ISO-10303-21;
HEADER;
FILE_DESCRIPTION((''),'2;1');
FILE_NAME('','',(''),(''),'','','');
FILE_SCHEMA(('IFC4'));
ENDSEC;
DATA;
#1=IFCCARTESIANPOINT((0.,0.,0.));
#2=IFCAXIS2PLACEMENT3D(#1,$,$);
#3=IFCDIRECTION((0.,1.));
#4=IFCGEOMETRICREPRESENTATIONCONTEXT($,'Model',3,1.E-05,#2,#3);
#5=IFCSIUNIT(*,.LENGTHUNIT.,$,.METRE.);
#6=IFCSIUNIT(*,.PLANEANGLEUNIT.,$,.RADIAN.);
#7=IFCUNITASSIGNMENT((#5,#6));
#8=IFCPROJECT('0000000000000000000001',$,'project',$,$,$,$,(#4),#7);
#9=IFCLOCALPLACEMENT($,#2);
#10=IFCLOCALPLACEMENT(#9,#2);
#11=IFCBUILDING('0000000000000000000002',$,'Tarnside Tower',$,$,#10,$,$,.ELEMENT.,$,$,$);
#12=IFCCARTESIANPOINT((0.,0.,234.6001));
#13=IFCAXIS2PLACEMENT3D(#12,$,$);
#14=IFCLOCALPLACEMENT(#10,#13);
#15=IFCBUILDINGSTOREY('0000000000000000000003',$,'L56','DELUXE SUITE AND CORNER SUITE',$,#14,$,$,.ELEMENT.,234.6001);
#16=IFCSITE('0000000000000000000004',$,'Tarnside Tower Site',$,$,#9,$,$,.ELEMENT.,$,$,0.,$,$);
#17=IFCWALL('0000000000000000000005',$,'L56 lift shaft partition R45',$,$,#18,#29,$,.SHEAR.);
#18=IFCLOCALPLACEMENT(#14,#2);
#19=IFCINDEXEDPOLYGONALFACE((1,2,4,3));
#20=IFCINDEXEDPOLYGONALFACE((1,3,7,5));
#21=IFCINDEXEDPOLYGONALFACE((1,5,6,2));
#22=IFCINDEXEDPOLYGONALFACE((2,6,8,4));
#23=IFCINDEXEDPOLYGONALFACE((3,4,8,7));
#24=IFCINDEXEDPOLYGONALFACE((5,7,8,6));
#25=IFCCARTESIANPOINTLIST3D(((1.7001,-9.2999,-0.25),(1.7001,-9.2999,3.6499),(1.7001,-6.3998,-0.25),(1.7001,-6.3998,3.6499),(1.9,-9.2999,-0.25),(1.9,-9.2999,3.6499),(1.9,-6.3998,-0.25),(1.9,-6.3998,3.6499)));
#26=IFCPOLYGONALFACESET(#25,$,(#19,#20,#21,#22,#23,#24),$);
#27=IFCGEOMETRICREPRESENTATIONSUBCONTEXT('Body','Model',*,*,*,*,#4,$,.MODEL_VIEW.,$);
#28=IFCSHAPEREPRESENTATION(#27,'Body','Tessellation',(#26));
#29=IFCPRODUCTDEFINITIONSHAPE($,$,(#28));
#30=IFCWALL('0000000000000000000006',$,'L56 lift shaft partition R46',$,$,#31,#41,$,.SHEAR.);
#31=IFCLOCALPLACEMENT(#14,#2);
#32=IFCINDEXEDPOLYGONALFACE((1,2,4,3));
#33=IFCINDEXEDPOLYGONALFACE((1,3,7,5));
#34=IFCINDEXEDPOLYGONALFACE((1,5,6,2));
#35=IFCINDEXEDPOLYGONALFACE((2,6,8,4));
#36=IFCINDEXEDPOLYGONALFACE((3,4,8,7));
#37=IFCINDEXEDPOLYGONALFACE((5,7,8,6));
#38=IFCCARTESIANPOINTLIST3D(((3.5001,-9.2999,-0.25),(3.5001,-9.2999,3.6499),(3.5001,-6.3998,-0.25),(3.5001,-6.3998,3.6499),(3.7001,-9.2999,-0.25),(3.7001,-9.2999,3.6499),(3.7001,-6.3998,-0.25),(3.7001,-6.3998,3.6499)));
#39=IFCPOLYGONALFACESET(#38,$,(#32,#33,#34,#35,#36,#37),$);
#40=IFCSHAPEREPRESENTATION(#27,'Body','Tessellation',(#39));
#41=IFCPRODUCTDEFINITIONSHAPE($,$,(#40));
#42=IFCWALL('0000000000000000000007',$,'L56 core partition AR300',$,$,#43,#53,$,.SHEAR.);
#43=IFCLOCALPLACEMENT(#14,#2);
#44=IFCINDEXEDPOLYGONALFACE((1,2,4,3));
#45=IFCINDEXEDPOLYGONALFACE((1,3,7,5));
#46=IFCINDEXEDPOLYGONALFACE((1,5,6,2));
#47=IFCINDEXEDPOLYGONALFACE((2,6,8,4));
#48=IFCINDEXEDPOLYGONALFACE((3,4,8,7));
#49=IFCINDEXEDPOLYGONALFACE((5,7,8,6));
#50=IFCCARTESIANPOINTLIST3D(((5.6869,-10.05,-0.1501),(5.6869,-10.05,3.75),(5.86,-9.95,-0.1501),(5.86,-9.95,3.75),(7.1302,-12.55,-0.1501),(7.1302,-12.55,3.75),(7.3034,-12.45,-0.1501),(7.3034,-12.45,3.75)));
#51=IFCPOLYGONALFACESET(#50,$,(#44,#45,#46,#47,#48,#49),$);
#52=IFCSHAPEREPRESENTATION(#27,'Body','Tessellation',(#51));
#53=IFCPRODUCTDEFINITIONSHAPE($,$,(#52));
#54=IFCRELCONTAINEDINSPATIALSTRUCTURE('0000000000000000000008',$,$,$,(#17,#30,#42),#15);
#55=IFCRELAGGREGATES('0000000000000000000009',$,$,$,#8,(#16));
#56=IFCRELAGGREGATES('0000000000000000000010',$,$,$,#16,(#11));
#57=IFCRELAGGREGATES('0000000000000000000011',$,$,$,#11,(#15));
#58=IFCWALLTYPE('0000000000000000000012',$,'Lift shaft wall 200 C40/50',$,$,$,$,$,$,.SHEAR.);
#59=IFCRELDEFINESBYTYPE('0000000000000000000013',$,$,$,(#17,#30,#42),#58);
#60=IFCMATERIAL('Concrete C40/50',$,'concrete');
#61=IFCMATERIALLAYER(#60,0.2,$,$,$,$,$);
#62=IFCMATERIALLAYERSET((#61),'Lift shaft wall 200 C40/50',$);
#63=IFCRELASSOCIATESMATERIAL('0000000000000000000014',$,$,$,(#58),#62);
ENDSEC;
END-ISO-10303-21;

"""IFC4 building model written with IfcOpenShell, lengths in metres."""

from ifc_helpers import new_model, si_unit, direction, frame, frame_2d, origin, place, context, subcontext, project, spatial, rectangle, extrude, material, layer, layer_set, type_object, element, save


model = new_model("IFC4")

# Units and contexts
model_context = context("Model", 3, precision=1e-05, world=origin(), true_north=direction((0.0, 1.0)))
body_context = subcontext(model_context, "Body", "Model", "MODEL_VIEW")
ifc_project = project(units=[si_unit("LENGTHUNIT", "METRE"), si_unit("PLANEANGLEUNIT", "RADIAN")], contexts=[model_context])

# Site, building, storey
site_placement = place(None, origin())
site = spatial("IfcSite", under=ifc_project, at=site_placement, Name="Tarnside Tower Site", CompositionType="ELEMENT", RefElevation=0.0)
building_placement = place(site_placement, origin())
building = spatial("IfcBuilding", under=site, at=building_placement, Name="Tarnside Tower", CompositionType="ELEMENT")
storey_placement = place(building_placement, frame((0.0, 0.0, 234.6001)))
storey = spatial("IfcBuildingStorey", under=building, at=storey_placement, Name="L56", Description="DELUXE SUITE AND CORNER SUITE", CompositionType="ELEMENT", Elevation=234.6001)

# Walls
ifc_material_1 = material(Name="Concrete C40/50", Category="concrete")
ifc_layer_1 = layer(ifc_material_1, 0.2)
ifc_layer_set_1 = layer_set([ifc_layer_1], Name="Lift shaft wall 200 C40/50")
wall_type_1 = type_object("IfcWallType", Name="Lift shaft wall 200 C40/50", PredefinedType="SHEAR", material=ifc_layer_set_1)
for number, where, z_axis, x_axis, name in (
    (1, (1.8, -9.3, -0.25), (0.0, 0.0, 1.0), (0.0, 1.0, 0.0), "L56 lift shaft partition R45"),
    (2, (3.6001, -9.3, -0.25), (0.0, 0.0, 1.0), (0.0, 1.0, 0.0), "L56 lift shaft partition R46"),
):
    element("IfcWall", number, at=place(storey_placement, frame(where, z_axis=z_axis, x_axis=x_axis)), inside=storey, type_object=wall_type_1, Name=name, PredefinedType="SHEAR", context=body_context, shape_type="SweptSolid", body=[
        extrude(rectangle(XDim=2.9001, YDim=0.2, at=frame_2d((1.4502, 0.0))), origin(), (0.0, 0.0, 1.0), 3.8999),
    ])
wall_1_placement = place(storey_placement, frame((5.7734, -10.0, -0.1501), z_axis=(0.0, 0.0, 1.0), x_axis=(0.499996, -0.866028, 0.0)))
element("IfcWall", 3, at=wall_1_placement, inside=storey, type_object=wall_type_1, Name="L56 core partition AR300", PredefinedType="SHEAR", context=body_context, shape_type="SweptSolid", body=[
    extrude(rectangle(XDim=2.8867, YDim=0.2, at=frame_2d((1.4434, 0.0))), origin(), (0.0, 0.0, 1.0), 3.9001),
])

save(model, "model.ifc")
